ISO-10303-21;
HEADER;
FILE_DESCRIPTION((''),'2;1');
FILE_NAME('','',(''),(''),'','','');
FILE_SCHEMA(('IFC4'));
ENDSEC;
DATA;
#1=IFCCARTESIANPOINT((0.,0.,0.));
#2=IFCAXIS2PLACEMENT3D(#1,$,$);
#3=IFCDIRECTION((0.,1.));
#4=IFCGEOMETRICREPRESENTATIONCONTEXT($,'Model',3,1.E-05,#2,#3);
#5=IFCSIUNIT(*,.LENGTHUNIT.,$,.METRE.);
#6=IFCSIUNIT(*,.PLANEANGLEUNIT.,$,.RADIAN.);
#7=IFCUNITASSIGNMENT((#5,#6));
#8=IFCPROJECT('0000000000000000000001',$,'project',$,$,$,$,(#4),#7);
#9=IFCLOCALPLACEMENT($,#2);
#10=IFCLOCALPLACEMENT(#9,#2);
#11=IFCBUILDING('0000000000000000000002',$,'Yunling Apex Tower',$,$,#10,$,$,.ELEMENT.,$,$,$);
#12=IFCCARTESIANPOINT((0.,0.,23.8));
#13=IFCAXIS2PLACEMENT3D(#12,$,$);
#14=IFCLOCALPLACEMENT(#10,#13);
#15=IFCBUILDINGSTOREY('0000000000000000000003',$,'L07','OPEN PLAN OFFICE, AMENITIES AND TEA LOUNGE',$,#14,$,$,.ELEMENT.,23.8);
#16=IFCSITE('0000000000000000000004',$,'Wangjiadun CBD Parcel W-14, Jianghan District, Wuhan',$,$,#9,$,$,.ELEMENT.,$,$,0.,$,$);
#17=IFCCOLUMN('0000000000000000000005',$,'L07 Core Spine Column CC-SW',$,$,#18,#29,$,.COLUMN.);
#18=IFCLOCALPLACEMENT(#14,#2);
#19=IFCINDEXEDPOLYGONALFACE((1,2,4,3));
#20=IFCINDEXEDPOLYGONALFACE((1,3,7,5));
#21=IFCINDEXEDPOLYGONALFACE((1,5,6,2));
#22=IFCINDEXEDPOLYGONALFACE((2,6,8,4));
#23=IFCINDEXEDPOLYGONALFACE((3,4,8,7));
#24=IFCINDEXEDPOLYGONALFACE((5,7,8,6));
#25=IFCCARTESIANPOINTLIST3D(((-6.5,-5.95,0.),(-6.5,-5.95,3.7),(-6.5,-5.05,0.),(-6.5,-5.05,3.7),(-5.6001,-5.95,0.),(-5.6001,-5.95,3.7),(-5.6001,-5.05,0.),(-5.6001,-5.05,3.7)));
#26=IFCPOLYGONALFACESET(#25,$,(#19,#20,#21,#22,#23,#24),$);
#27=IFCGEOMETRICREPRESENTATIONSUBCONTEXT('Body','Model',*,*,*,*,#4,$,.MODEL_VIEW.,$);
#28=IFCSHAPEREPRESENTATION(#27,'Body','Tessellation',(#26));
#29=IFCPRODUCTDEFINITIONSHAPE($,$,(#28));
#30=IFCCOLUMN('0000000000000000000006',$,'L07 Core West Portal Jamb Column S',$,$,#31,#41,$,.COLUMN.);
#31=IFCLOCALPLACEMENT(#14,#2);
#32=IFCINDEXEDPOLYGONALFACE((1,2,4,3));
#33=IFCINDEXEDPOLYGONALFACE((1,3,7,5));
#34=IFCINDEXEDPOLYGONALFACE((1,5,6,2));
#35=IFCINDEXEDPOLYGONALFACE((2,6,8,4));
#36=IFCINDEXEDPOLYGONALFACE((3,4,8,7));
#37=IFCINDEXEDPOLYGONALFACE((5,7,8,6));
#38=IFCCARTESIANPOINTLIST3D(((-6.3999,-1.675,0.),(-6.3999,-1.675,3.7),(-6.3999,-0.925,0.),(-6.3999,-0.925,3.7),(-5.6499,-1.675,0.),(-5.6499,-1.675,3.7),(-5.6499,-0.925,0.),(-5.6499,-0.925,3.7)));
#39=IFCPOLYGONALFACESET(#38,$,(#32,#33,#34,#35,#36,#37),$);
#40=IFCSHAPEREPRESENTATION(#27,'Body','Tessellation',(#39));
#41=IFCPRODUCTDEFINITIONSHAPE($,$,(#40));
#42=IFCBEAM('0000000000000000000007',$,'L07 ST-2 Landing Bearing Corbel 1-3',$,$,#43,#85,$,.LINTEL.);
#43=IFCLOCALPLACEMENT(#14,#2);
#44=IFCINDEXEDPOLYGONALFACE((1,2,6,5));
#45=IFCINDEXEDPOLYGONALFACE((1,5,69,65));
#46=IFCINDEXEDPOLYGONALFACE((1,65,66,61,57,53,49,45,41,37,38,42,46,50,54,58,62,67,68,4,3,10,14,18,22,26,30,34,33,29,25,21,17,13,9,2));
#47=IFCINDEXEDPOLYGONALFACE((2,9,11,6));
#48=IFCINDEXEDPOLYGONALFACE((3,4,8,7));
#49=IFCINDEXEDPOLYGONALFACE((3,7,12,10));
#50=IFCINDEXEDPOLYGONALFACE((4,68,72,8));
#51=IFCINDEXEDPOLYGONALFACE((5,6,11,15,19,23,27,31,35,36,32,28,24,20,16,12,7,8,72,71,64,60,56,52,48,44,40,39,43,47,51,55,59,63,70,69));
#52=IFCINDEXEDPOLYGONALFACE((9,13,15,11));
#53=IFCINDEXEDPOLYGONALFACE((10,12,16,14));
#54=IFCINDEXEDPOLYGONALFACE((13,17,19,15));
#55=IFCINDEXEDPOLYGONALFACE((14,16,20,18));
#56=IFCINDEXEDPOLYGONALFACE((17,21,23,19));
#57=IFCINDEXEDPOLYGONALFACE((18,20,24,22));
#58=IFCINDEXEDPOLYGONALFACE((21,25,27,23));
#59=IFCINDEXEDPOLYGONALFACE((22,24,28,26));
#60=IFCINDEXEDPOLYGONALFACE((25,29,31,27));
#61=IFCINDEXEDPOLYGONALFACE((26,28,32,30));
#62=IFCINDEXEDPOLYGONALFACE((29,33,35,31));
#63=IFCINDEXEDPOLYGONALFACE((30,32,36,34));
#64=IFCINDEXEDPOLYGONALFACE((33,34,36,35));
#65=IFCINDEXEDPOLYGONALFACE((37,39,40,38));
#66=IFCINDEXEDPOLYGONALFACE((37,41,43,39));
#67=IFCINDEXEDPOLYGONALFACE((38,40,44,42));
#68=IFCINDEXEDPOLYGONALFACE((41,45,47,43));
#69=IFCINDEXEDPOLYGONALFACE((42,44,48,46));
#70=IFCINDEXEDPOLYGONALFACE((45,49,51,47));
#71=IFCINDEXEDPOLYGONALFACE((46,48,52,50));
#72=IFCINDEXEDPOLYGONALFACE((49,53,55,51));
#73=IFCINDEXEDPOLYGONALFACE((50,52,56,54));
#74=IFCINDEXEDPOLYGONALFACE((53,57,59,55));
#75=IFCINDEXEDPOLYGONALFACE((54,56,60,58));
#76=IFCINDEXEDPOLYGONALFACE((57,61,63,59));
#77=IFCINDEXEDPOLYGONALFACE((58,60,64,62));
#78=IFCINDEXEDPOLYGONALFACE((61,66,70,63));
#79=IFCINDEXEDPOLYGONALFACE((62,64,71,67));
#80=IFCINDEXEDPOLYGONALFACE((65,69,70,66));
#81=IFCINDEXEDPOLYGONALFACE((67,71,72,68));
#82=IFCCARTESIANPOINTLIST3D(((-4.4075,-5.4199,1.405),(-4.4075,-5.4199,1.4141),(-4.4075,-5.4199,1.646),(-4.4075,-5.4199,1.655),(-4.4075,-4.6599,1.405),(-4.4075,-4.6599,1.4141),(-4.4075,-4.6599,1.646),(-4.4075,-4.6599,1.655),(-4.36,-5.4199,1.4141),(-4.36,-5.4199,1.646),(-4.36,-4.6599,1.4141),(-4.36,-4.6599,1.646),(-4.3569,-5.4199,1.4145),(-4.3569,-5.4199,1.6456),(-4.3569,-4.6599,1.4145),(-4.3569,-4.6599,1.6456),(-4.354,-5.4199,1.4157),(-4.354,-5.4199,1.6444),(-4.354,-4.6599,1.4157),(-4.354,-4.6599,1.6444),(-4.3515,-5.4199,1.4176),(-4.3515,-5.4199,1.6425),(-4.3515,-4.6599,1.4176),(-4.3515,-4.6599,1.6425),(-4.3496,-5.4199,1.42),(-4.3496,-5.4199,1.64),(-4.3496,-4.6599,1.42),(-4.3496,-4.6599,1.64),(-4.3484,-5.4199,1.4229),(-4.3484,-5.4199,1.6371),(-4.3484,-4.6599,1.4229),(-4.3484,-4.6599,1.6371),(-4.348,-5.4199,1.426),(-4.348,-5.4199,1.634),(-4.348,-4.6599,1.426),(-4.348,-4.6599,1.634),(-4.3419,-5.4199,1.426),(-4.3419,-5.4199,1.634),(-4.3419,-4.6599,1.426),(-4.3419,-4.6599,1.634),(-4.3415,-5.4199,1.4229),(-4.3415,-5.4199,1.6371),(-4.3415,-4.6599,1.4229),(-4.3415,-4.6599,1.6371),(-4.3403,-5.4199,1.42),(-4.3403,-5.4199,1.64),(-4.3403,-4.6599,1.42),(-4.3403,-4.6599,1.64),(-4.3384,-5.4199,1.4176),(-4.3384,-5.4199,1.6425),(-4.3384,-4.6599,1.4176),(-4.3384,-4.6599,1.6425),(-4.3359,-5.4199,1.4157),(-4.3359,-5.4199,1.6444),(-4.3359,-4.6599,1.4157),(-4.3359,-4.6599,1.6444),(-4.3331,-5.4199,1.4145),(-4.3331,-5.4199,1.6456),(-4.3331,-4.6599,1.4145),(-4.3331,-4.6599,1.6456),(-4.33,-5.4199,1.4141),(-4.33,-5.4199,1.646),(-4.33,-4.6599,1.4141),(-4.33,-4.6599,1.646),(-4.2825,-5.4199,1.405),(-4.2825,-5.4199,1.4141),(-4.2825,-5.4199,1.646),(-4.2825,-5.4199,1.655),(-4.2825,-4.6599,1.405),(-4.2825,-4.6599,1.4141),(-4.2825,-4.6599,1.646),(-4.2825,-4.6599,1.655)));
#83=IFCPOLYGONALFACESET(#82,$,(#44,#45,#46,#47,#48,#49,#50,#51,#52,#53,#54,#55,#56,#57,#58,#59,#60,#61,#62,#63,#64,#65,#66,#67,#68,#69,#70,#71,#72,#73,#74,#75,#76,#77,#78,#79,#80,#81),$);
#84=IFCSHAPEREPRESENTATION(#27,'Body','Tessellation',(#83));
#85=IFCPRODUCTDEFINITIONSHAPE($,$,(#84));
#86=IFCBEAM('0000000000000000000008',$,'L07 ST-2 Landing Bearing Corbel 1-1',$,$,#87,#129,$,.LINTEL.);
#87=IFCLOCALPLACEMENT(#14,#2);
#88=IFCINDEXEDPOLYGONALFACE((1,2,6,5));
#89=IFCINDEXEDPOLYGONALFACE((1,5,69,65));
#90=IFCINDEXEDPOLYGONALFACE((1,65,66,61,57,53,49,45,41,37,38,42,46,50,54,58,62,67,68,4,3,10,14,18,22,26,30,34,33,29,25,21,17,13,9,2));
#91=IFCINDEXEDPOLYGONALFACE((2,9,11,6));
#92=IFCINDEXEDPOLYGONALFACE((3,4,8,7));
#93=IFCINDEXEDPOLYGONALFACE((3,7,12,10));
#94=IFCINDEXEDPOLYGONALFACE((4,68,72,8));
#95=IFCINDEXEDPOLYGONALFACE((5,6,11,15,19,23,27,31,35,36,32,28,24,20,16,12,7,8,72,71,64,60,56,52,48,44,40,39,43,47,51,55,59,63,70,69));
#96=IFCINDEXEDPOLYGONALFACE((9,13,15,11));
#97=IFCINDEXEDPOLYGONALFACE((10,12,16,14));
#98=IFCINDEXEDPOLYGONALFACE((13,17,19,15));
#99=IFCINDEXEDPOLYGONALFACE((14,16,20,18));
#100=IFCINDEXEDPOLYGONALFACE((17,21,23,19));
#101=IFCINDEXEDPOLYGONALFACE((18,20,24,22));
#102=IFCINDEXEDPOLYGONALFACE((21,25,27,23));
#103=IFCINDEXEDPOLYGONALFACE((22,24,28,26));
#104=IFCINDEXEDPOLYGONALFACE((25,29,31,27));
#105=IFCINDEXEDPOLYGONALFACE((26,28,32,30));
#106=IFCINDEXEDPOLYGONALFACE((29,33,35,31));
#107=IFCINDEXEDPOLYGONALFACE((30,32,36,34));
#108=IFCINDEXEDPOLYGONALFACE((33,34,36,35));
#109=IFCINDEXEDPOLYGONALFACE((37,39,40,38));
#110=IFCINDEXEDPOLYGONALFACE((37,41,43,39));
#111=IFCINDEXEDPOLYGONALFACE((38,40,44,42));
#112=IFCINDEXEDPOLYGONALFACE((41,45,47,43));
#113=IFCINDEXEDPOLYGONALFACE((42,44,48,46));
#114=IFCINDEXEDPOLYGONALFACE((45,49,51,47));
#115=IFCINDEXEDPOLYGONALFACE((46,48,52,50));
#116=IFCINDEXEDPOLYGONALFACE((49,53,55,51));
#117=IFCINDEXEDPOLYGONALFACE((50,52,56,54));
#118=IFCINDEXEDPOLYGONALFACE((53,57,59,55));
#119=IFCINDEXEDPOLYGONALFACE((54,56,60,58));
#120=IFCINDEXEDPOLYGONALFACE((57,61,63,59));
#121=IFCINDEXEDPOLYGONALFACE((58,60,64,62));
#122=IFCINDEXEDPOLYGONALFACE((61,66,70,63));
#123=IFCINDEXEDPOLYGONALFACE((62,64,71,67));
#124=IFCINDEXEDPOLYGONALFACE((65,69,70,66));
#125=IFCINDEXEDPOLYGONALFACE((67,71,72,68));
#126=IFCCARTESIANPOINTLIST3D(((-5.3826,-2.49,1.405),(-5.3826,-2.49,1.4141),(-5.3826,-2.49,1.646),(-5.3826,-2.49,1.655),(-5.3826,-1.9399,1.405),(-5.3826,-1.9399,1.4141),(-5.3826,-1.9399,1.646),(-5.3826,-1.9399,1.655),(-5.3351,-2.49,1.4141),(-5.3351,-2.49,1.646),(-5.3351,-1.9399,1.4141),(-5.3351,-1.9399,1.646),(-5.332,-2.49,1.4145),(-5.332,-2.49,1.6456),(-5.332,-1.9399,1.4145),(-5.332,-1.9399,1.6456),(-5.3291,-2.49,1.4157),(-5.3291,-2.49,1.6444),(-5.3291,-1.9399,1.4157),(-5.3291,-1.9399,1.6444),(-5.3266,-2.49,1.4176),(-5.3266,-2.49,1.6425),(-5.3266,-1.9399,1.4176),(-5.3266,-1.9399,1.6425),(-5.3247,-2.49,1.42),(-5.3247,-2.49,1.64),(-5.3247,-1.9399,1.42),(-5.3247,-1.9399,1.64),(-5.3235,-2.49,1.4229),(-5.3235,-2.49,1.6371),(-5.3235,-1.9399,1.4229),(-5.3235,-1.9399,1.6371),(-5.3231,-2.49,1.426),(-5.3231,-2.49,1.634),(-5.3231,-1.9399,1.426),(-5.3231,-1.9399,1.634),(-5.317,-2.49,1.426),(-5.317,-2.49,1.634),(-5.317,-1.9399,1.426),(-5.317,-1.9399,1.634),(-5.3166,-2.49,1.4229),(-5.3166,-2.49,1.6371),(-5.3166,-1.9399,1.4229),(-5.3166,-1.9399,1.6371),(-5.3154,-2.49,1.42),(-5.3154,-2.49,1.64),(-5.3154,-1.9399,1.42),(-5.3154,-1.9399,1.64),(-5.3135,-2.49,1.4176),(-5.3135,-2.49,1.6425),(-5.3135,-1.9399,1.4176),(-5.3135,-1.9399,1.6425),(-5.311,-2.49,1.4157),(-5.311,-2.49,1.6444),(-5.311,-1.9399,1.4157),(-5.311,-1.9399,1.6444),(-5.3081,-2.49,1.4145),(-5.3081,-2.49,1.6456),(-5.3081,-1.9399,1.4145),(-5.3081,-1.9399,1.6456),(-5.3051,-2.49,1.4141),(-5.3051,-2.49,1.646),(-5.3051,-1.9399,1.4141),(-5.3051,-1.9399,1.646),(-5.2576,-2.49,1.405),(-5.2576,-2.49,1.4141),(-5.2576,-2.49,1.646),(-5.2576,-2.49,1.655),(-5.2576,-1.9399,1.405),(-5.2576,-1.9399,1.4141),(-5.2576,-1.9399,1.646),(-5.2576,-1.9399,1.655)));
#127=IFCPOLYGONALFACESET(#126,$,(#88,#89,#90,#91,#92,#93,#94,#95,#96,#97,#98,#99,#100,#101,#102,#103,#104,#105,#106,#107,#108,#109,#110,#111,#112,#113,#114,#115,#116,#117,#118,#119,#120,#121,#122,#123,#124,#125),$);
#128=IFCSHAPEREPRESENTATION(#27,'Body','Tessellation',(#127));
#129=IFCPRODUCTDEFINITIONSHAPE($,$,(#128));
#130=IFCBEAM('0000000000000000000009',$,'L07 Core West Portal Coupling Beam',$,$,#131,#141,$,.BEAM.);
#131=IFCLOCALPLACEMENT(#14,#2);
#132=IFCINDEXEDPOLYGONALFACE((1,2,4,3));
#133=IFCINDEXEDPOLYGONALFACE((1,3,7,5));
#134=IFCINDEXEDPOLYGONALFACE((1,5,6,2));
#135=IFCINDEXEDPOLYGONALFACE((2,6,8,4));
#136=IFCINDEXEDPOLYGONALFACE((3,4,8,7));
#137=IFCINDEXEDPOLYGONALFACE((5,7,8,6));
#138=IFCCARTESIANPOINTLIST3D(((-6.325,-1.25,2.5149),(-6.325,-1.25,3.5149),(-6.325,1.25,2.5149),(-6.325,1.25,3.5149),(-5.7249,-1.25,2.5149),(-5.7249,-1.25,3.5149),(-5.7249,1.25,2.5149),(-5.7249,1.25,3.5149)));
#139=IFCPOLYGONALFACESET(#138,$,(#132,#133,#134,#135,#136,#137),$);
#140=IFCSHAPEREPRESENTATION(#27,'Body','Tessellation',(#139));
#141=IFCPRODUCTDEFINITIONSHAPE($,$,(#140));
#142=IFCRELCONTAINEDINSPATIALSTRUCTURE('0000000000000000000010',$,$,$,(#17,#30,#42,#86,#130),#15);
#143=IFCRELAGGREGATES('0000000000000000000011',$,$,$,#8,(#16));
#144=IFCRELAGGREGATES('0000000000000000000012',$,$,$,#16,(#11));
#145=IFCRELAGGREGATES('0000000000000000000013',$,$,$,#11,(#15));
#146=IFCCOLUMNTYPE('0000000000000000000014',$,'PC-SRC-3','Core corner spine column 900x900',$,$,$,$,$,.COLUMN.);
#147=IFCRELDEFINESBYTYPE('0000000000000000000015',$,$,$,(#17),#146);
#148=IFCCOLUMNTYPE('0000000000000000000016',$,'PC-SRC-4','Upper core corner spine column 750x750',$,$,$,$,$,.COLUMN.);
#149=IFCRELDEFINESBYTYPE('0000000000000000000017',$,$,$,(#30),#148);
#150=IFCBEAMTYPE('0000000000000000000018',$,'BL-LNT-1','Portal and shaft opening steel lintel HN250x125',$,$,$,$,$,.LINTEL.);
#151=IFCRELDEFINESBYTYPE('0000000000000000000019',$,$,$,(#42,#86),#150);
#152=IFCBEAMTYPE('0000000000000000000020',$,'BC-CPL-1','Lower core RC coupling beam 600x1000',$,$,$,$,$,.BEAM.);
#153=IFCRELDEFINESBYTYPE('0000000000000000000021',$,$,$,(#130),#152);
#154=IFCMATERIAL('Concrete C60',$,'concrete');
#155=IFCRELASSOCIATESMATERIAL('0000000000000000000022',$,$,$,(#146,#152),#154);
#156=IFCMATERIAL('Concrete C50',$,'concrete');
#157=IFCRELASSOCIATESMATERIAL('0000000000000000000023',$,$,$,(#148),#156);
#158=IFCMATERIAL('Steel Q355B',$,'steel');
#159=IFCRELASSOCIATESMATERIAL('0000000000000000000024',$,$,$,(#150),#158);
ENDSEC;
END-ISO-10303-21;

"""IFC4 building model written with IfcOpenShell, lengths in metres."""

from ifc_helpers import new_model, si_unit, direction, frame, origin, origin_2d, place, context, subcontext, project, spatial, rectangle, i_section, extrude, source, transform, mapped, material, material_profile, profile_set, type_object, element, save


model = new_model("IFC4")

# Units and contexts
model_context = context("Model", 3, precision=1e-05, world=origin(), true_north=direction((0.0, 1.0)))
body_context = subcontext(model_context, "Body", "Model", "MODEL_VIEW")
ifc_project = project(units=[si_unit("LENGTHUNIT", "METRE"), si_unit("PLANEANGLEUNIT", "RADIAN")], contexts=[model_context])

# Site, building, storey
site_placement = place(None, origin())
site = spatial("IfcSite", under=ifc_project, at=site_placement, Name="Wangjiadun CBD Parcel W-14, Jianghan District, Wuhan", CompositionType="ELEMENT", RefElevation=0.0)
building_placement = place(site_placement, origin())
building = spatial("IfcBuilding", under=site, at=building_placement, Name="Yunling Apex Tower", CompositionType="ELEMENT")
storey_placement = place(building_placement, frame((0.0, 0.0, 23.8)))
storey = spatial("IfcBuildingStorey", under=building, at=storey_placement, Name="L07", Description="OPEN PLAN OFFICE, AMENITIES AND TEA LOUNGE", CompositionType="ELEMENT", Elevation=23.8)

# Columns
ifc_material_1 = material(Name="Concrete C60", Category="concrete")
ifc_material_profile_1 = material_profile(ifc_material_1, rectangle(XDim=0.8999, YDim=0.8999, at=origin_2d()))
ifc_profile_set_1 = profile_set([ifc_material_profile_1], Name="Concrete C60")
column_type_1 = type_object("IfcColumnType", Name="PC-SRC-3", Description="Core corner spine column 900x900", PredefinedType="COLUMN", material=ifc_profile_set_1)
shared_shape_1 = source(origin(), body_context, "Body", "SweptSolid", [
    extrude(rectangle(XDim=0.8999, YDim=0.8999, at=origin_2d()), origin(), (0.0, 0.0, 1.0), 3.7),
])
column_1_placement = place(storey_placement, frame((-6.05, -5.5, 0.0), z_axis=(0.0, 0.0, 1.0), x_axis=(1.0, 0.0, 0.0)))
element("IfcColumn", 1, at=column_1_placement, inside=storey, type_object=column_type_1, Name="L07 Core Spine Column CC-SW", PredefinedType="COLUMN", context=body_context, shape_type="MappedRepresentation", body=[
    mapped(shared_shape_1, transform((0.0, 0.0, 0.0), scale=1.0)),
])
ifc_material_2 = material(Name="Concrete C50", Category="concrete")
ifc_material_profile_2 = material_profile(ifc_material_2, rectangle(XDim=0.75, YDim=0.75, at=origin_2d()))
ifc_profile_set_2 = profile_set([ifc_material_profile_2], Name="Concrete C50")
column_type_2 = type_object("IfcColumnType", Name="PC-SRC-4", Description="Upper core corner spine column 750x750", PredefinedType="COLUMN", material=ifc_profile_set_2)
shared_shape_2 = source(origin(), body_context, "Body", "SweptSolid", [
    extrude(rectangle(XDim=0.75, YDim=0.75, at=origin_2d()), origin(), (0.0, 0.0, 1.0), 3.7),
])
column_2_placement = place(storey_placement, frame((-6.0249, -1.3, 0.0), z_axis=(0.0, 0.0, 1.0), x_axis=(1.0, 0.0, 0.0)))
element("IfcColumn", 2, at=column_2_placement, inside=storey, type_object=column_type_2, Name="L07 Core West Portal Jamb Column S", PredefinedType="COLUMN", context=body_context, shape_type="MappedRepresentation", body=[
    mapped(shared_shape_2, transform((0.0, 0.0, 0.0), scale=1.0)),
])

# Beams
ifc_material_3 = material(Name="Steel Q355B", Category="steel")
ifc_material_profile_3 = material_profile(ifc_material_3, i_section(OverallWidth=0.125, OverallDepth=0.25, WebThickness=0.0061, FlangeThickness=0.009, FilletRadius=0.012, at=origin_2d()))
ifc_profile_set_3 = profile_set([ifc_material_profile_3], Name="Steel Q355B")
beam_type_1 = type_object("IfcBeamType", Name="BL-LNT-1", Description="Portal and shaft opening steel lintel HN250x125", PredefinedType="LINTEL", material=ifc_profile_set_3)
shared_shape_3 = source(origin(), body_context, "Body", "SweptSolid", [
    extrude(i_section(OverallWidth=0.125, OverallDepth=0.25, WebThickness=0.0061, FlangeThickness=0.009, FilletRadius=0.012, at=origin_2d()), origin(), (0.0, 0.0, 1.0), 0.76),
])
beam_1_placement = place(storey_placement, frame((-4.345, -5.4199, 1.53), z_axis=(0.0, 1.0, 0.0), x_axis=(-1.0, 0.0, 0.0)))
element("IfcBeam", 3, at=beam_1_placement, inside=storey, type_object=beam_type_1, Name="L07 ST-2 Landing Bearing Corbel 1-3", PredefinedType="LINTEL", context=body_context, shape_type="MappedRepresentation", body=[
    mapped(shared_shape_3, transform((0.0, 0.0, 0.0), scale=1.0)),
])
shared_shape_4 = source(origin(), body_context, "Body", "SweptSolid", [
    extrude(i_section(OverallWidth=0.125, OverallDepth=0.25, WebThickness=0.0061, FlangeThickness=0.009, FilletRadius=0.012, at=origin_2d()), origin(), (0.0, 0.0, 1.0), 0.55),
])
beam_2_placement = place(storey_placement, frame((-5.3201, -1.9399, 1.53), z_axis=(0.0, -1.0, 0.0), x_axis=(1.0, 0.0, 0.0)))
element("IfcBeam", 4, at=beam_2_placement, inside=storey, type_object=beam_type_1, Name="L07 ST-2 Landing Bearing Corbel 1-1", PredefinedType="LINTEL", context=body_context, shape_type="MappedRepresentation", body=[
    mapped(shared_shape_4, transform((0.0, 0.0, 0.0), scale=1.0)),
])
ifc_material_profile_4 = material_profile(ifc_material_1, rectangle(XDim=0.6001, YDim=1.0, at=origin_2d()))
ifc_profile_set_4 = profile_set([ifc_material_profile_4], Name="Concrete C60")
beam_type_2 = type_object("IfcBeamType", Name="BC-CPL-1", Description="Lower core RC coupling beam 600x1000", PredefinedType="BEAM", material=ifc_profile_set_4)
shared_shape_5 = source(origin(), body_context, "Body", "SweptSolid", [
    extrude(rectangle(XDim=0.6001, YDim=1.0, at=origin_2d()), origin(), (0.0, 0.0, 1.0), 2.5),
])
beam_3_placement = place(storey_placement, frame((-6.0249, -1.25, 3.0149), z_axis=(0.0, 1.0, 0.0), x_axis=(-1.0, 0.0, 0.0)))
element("IfcBeam", 5, at=beam_3_placement, inside=storey, type_object=beam_type_2, Name="L07 Core West Portal Coupling Beam", PredefinedType="BEAM", context=body_context, shape_type="MappedRepresentation", body=[
    mapped(shared_shape_5, transform((0.0, 0.0, 0.0), scale=1.0)),
])

save(model, "model.ifc")
